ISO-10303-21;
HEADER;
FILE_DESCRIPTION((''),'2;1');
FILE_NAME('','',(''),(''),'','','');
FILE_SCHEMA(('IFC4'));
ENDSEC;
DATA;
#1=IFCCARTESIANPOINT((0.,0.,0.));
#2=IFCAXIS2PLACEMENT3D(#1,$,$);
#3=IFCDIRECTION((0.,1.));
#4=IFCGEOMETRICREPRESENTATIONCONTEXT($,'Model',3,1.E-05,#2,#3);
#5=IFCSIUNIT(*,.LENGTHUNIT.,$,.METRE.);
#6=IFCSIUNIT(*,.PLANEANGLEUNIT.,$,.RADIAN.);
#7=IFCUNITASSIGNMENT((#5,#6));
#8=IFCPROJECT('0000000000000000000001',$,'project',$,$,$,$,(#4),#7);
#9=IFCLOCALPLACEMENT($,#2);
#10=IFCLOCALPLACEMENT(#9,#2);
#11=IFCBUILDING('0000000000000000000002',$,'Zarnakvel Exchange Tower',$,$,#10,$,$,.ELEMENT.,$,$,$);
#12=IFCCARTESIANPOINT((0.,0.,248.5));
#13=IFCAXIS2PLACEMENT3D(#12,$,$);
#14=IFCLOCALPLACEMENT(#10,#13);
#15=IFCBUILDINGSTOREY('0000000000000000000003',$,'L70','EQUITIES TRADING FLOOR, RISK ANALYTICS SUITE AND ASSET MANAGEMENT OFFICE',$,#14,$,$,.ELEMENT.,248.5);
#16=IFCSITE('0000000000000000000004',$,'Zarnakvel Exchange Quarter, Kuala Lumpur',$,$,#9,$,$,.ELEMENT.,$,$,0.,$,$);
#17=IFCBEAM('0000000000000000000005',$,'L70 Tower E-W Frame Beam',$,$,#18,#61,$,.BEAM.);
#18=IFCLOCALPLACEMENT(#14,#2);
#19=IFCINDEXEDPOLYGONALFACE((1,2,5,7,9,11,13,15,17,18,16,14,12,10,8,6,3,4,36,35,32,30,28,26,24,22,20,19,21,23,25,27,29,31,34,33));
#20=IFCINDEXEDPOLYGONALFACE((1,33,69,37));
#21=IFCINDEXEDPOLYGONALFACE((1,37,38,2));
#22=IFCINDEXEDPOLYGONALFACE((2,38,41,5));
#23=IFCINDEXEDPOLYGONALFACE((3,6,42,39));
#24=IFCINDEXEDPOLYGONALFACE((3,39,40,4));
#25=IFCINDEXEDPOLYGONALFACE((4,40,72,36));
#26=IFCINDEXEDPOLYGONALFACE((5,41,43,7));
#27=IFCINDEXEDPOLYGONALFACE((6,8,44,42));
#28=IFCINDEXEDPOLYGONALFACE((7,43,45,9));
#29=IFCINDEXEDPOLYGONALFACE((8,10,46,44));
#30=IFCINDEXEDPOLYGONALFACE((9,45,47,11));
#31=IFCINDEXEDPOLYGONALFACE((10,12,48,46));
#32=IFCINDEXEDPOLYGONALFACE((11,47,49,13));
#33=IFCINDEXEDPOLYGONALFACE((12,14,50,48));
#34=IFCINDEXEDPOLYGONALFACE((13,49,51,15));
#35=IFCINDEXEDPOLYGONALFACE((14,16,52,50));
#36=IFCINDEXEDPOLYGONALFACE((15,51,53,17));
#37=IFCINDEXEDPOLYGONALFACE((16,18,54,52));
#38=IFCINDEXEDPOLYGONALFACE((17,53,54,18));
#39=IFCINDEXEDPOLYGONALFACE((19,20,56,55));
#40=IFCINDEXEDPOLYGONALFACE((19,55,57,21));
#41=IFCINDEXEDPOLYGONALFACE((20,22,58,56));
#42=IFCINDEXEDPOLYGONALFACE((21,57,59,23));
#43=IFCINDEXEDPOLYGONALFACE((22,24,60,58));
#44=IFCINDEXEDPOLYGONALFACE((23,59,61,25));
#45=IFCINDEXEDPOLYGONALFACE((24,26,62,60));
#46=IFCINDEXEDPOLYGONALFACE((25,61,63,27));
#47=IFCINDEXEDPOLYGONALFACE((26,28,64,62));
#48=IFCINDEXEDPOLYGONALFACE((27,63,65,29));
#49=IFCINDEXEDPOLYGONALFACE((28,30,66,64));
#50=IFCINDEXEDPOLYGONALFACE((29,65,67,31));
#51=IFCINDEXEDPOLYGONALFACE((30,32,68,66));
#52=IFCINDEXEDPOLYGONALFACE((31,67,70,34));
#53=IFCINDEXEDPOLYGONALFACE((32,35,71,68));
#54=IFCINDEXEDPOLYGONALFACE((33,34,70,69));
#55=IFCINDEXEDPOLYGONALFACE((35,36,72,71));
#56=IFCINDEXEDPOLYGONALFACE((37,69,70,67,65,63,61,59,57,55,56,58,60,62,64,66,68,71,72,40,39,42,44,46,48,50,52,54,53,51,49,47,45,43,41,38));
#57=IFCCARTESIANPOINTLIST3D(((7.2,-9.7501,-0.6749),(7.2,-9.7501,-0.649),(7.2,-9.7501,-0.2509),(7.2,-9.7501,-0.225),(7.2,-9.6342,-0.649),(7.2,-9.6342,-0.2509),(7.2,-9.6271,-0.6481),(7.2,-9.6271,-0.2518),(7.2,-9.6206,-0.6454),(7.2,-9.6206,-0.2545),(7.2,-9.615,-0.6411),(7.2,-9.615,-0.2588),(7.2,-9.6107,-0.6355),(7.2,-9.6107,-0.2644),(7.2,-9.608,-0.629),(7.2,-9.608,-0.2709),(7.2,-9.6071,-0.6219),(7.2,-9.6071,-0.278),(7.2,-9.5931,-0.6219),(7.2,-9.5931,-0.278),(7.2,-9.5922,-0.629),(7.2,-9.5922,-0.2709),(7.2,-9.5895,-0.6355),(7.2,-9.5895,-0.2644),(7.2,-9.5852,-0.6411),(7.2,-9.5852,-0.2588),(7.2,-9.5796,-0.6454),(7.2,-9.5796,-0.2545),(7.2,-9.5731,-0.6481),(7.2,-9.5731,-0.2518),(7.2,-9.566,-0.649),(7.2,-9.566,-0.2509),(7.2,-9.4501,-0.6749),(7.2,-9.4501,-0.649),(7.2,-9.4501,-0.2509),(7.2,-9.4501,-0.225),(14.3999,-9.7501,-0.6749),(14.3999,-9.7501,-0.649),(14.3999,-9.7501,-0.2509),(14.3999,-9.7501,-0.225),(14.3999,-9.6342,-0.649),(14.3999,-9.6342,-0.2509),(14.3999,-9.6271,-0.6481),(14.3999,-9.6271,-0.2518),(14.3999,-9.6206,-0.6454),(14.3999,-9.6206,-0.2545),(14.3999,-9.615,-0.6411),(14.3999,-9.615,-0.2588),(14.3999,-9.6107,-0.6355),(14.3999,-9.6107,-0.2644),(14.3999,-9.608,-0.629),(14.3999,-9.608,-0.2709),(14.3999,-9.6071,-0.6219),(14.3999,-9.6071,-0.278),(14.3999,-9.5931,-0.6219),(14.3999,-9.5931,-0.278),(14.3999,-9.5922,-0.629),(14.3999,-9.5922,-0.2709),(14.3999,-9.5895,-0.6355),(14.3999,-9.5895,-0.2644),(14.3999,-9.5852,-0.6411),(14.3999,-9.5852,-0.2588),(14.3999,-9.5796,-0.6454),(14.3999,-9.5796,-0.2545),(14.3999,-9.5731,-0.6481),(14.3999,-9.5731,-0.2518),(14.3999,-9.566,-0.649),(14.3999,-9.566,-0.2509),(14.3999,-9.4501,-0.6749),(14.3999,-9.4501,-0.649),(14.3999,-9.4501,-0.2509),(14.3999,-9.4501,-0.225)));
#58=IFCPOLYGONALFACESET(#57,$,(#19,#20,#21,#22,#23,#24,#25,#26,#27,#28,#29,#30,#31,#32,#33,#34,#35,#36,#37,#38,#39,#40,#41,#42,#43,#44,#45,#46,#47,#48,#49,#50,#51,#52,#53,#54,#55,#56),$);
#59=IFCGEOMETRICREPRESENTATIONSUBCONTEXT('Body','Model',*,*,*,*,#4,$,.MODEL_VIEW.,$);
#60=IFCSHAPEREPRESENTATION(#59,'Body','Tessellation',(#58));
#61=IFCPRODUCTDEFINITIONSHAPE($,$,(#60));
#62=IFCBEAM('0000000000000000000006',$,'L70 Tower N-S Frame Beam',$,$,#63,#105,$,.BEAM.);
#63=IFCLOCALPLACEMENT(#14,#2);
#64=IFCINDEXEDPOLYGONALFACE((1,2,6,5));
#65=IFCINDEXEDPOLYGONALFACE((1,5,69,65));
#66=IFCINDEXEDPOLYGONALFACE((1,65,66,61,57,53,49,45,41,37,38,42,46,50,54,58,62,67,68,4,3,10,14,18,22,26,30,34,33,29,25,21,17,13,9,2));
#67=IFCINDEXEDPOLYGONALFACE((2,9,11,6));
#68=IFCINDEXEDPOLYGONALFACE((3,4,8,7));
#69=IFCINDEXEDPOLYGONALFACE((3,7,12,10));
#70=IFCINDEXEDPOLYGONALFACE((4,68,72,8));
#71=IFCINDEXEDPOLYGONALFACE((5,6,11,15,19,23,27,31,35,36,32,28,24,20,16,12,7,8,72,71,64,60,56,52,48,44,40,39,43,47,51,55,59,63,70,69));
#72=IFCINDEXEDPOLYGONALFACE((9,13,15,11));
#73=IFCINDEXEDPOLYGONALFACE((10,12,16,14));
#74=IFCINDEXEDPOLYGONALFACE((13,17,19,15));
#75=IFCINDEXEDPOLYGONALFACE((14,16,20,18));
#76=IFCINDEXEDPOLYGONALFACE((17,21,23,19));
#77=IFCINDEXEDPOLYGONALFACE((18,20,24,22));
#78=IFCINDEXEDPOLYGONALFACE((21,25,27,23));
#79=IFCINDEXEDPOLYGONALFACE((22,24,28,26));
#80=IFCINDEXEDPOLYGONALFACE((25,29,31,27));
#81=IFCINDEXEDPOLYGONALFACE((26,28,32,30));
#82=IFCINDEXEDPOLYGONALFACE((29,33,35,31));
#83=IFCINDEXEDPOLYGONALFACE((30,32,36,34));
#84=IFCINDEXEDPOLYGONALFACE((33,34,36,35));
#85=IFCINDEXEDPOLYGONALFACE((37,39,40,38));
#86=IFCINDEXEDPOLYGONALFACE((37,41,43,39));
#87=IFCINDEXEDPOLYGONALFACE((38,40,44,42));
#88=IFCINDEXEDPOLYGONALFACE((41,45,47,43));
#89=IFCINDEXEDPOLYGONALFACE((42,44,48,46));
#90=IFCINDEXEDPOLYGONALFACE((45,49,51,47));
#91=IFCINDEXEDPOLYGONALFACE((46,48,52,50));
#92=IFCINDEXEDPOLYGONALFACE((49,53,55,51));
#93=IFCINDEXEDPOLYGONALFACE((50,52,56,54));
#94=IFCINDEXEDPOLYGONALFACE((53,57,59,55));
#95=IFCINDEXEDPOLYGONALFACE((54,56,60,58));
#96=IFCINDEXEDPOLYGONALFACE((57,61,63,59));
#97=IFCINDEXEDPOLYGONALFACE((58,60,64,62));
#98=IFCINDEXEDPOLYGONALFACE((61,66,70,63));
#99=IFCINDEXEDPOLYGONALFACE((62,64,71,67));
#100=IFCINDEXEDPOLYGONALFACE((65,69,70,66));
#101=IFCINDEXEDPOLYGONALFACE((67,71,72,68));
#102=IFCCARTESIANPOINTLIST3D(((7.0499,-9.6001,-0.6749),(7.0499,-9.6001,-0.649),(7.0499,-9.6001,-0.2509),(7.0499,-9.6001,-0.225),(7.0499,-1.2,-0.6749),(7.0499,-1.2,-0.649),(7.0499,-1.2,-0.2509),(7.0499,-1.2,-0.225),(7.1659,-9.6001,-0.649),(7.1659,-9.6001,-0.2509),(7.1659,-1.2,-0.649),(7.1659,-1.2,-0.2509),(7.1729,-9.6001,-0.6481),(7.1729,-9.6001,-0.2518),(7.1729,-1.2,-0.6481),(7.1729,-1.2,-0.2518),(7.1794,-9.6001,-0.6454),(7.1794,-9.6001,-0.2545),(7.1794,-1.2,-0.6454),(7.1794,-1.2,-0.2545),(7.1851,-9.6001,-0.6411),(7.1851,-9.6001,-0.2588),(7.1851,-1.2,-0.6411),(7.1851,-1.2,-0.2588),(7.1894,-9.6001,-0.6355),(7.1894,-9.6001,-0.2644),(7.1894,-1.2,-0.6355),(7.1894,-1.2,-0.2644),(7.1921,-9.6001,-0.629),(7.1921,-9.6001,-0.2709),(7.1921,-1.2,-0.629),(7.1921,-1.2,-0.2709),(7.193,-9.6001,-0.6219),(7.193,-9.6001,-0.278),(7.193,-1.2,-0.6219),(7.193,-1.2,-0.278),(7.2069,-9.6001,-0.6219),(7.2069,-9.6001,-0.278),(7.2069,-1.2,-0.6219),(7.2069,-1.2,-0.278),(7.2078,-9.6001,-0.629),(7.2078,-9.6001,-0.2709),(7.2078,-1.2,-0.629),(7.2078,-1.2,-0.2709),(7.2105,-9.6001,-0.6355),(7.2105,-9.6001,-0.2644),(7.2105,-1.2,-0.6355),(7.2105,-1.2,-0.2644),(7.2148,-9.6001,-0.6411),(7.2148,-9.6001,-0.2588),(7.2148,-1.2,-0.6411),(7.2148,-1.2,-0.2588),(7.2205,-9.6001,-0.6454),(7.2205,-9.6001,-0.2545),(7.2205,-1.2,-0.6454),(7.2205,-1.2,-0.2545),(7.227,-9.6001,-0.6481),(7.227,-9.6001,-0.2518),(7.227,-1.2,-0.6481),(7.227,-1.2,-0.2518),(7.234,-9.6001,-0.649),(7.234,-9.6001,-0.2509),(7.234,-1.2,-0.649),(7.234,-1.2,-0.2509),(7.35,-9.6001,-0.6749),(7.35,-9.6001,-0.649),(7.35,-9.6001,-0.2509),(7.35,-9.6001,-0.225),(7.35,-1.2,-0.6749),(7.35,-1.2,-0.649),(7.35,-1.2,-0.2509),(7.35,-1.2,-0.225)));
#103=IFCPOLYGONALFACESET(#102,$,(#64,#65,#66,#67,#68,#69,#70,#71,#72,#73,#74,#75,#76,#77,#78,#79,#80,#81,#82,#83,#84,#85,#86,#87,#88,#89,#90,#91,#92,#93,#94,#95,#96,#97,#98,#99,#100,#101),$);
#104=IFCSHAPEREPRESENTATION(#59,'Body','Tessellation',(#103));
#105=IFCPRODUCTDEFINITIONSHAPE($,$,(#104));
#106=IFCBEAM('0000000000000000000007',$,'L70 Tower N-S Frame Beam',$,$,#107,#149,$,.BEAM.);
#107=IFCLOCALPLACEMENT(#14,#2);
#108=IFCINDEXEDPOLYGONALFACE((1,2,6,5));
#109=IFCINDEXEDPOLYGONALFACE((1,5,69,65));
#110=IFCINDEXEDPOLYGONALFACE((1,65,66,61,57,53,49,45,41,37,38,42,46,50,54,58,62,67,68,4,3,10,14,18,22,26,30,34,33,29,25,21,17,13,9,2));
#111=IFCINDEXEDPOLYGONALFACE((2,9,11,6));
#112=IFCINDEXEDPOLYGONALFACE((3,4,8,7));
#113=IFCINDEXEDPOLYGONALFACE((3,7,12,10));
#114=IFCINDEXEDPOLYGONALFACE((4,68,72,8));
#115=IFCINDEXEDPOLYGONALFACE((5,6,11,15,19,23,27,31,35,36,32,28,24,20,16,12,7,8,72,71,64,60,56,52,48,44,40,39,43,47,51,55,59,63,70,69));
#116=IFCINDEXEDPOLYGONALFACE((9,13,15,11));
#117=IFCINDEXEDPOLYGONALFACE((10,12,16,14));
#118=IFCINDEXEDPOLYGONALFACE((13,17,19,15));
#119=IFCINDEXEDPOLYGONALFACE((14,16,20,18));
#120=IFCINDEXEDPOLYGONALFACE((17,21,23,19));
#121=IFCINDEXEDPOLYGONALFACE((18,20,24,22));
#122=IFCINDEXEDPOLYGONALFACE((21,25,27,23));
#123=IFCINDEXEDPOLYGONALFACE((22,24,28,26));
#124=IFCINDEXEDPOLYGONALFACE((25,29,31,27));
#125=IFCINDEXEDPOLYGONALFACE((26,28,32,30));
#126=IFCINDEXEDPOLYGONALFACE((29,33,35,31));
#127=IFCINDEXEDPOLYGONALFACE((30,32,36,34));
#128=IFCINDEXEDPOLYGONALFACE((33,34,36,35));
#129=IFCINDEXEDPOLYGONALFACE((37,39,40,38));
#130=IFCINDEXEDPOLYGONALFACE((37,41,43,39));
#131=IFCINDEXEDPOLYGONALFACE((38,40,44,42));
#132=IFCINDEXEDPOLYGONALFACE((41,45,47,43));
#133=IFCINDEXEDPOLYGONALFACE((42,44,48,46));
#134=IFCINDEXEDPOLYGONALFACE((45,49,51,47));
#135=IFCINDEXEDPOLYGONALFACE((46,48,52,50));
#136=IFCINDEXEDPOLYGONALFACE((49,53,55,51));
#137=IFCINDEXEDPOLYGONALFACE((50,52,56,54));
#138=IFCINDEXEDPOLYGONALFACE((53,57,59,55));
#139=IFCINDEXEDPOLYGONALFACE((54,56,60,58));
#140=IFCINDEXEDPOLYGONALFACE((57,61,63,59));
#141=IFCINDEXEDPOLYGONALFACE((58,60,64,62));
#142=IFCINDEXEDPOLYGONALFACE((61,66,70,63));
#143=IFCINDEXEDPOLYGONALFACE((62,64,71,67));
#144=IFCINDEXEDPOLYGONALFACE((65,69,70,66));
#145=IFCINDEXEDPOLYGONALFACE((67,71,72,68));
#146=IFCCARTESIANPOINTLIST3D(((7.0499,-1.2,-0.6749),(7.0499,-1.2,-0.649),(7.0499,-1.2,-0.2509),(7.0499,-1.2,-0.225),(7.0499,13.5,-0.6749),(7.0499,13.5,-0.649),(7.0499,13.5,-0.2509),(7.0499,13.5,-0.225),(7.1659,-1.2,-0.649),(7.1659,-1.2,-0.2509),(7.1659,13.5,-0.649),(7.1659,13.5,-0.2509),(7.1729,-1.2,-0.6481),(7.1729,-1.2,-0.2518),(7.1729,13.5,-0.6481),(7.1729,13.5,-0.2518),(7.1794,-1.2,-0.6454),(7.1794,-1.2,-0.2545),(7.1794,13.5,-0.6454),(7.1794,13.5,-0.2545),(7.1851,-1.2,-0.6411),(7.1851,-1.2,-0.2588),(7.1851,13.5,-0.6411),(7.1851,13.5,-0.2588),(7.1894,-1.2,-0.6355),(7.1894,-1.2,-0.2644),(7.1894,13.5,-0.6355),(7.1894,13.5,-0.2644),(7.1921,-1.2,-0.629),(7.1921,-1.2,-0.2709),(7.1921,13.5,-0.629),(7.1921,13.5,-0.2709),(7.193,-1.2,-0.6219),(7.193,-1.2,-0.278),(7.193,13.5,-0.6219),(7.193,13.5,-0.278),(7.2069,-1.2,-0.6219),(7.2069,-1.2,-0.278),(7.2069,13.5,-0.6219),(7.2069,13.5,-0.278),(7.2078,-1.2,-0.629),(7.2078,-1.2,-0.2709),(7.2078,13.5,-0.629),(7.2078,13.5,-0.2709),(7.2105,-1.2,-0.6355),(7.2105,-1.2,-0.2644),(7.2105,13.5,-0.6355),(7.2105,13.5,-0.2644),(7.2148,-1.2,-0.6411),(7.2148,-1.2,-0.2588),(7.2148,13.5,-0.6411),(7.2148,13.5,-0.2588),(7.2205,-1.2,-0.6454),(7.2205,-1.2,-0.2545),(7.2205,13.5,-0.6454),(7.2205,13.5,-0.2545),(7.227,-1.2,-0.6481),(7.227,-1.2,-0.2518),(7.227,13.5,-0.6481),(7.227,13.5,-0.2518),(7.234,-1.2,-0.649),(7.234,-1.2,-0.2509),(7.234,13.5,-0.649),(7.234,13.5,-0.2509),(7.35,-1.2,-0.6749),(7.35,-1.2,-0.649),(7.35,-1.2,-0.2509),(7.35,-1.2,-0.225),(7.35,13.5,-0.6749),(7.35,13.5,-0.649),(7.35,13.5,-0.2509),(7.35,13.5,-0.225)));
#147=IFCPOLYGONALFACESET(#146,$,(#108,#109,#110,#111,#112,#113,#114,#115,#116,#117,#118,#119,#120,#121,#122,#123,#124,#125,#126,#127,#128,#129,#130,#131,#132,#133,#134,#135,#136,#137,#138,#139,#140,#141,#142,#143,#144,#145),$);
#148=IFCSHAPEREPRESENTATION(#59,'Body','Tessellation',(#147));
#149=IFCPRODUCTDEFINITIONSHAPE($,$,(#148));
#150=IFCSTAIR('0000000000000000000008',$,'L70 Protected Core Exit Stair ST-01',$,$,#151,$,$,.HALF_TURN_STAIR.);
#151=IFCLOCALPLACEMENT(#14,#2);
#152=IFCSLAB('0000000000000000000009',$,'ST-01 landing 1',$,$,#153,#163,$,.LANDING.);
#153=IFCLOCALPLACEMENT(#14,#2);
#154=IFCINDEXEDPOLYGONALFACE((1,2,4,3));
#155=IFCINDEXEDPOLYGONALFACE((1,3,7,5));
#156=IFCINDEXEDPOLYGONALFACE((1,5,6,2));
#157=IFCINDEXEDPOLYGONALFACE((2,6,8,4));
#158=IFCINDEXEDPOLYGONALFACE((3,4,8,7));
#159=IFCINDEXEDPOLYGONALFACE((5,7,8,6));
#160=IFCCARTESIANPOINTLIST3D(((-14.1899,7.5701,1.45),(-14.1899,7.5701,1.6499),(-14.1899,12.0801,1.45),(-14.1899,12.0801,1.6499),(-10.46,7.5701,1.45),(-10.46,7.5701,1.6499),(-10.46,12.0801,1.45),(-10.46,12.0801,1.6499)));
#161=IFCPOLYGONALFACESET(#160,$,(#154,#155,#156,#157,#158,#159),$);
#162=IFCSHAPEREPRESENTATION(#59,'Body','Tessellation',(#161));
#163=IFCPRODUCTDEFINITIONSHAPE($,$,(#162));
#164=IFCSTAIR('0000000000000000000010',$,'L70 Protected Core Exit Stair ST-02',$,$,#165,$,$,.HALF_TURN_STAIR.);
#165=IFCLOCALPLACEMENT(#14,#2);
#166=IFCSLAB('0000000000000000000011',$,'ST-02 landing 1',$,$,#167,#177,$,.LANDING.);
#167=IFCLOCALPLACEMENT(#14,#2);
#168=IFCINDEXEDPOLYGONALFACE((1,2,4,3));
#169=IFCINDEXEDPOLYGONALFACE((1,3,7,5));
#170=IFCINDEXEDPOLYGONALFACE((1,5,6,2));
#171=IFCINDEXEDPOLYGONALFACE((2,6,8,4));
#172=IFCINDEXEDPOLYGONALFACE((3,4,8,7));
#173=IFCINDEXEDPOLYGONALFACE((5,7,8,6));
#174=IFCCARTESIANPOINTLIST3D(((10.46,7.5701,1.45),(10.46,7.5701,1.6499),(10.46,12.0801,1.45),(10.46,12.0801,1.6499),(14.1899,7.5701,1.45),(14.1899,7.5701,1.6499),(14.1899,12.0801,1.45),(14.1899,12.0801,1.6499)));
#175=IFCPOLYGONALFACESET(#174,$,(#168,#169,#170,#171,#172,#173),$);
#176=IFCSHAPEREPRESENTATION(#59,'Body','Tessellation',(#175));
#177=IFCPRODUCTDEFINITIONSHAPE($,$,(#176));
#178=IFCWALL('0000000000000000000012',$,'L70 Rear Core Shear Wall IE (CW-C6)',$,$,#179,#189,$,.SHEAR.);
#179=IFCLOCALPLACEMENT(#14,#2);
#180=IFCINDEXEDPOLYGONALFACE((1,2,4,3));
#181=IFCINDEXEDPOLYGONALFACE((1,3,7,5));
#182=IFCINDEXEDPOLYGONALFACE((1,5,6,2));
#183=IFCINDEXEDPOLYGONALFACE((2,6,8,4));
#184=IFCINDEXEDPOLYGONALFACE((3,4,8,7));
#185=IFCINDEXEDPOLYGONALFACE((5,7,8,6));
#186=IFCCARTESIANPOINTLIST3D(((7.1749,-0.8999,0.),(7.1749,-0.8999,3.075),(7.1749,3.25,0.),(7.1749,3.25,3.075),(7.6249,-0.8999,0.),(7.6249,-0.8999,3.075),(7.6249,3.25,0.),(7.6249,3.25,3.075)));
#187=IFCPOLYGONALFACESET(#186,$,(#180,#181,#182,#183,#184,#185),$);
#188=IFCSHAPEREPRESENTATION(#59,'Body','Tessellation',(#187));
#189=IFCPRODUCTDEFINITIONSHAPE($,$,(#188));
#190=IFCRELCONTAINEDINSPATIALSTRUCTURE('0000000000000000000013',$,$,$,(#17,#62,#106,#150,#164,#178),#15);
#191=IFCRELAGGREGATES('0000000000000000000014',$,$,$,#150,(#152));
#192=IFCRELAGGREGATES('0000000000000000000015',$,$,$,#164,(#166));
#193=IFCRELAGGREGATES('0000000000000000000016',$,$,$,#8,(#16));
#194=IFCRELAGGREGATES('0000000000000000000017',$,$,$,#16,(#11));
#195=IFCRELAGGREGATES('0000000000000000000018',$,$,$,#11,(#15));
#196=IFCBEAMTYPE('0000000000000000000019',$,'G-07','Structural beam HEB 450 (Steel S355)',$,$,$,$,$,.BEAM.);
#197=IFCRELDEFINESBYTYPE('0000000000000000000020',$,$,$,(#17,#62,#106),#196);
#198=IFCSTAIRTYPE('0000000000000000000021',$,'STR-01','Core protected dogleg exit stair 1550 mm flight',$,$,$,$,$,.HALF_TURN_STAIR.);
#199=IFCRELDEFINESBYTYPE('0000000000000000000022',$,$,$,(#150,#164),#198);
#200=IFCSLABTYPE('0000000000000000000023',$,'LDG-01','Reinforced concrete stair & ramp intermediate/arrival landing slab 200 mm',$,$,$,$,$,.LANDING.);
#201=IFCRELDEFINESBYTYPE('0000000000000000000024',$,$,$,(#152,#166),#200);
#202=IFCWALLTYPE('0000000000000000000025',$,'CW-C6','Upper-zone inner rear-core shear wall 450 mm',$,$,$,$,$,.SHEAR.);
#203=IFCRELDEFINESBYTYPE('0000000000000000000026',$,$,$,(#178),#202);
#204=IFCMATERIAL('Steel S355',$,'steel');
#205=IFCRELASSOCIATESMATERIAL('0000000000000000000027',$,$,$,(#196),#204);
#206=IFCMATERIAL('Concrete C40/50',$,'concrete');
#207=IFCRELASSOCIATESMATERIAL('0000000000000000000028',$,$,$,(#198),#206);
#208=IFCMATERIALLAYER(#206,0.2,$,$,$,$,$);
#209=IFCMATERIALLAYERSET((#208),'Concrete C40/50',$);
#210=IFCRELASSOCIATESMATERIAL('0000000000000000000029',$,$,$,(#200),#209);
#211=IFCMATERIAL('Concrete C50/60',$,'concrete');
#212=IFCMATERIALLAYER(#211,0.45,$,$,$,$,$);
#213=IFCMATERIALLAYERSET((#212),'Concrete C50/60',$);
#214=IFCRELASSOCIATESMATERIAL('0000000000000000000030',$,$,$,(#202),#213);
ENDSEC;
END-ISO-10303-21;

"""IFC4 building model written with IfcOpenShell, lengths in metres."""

from ifc_helpers import new_model, si_unit, direction, frame, frame_2d, origin, origin_2d, place, context, subcontext, project, spatial, polyline, rectangle, i_section, outline, extrude, material, layer, layer_set, material_profile, profile_set, type_object, element, aggregate, save


model = new_model("IFC4")

# Units and contexts
model_context = context("Model", 3, precision=1e-05, world=origin(), true_north=direction((0.0, 1.0)))
body_context = subcontext(model_context, "Body", "Model", "MODEL_VIEW")
ifc_project = project(units=[si_unit("LENGTHUNIT", "METRE"), si_unit("PLANEANGLEUNIT", "RADIAN")], contexts=[model_context])

# Site, building, storey
site_placement = place(None, origin())
site = spatial("IfcSite", under=ifc_project, at=site_placement, Name="Zarnakvel Exchange Quarter, Kuala Lumpur", CompositionType="ELEMENT", RefElevation=0.0)
building_placement = place(site_placement, origin())
building = spatial("IfcBuilding", under=site, at=building_placement, Name="Zarnakvel Exchange Tower", CompositionType="ELEMENT")
storey_placement = place(building_placement, frame((0.0, 0.0, 248.5)))
storey = spatial("IfcBuildingStorey", under=building, at=storey_placement, Name="L70", Description="EQUITIES TRADING FLOOR, RISK ANALYTICS SUITE AND ASSET MANAGEMENT OFFICE", CompositionType="ELEMENT", Elevation=248.5)

# Shared definitions
ifc_material_1 = material(Name="Concrete C50/60", Category="concrete")

# Beams
ifc_material_2 = material(Name="Steel S355", Category="steel")
ifc_material_profile_1 = material_profile(ifc_material_2, i_section(OverallWidth=0.3, OverallDepth=0.45, WebThickness=0.0139, FlangeThickness=0.0259, FilletRadius=0.0271, at=origin_2d()))
ifc_profile_set_1 = profile_set([ifc_material_profile_1], Name="Steel S355")
beam_type_1 = type_object("IfcBeamType", Name="G-07", Description="Structural beam HEB 450 (Steel S355)", PredefinedType="BEAM", material=ifc_profile_set_1)
beam_1_placement = place(storey_placement, frame((7.2, -9.6001, -0.45), z_axis=(1.0, 0.0, 0.0), x_axis=(0.0, 1.0, 0.0)))
element("IfcBeam", 1, at=beam_1_placement, inside=storey, type_object=beam_type_1, Name="L70 Tower E-W Frame Beam", PredefinedType="BEAM", context=body_context, shape_type="SweptSolid", body=[
    extrude(i_section(OverallWidth=0.3, OverallDepth=0.45, WebThickness=0.0139, FlangeThickness=0.0259, FilletRadius=0.0271, at=origin_2d()), origin(), (0.0, 0.0, 1.0), 7.2),
])
beam_2_placement = place(storey_placement, frame((7.2, -9.6001, -0.45), z_axis=(0.0, 1.0, 0.0), x_axis=(-1.0, 0.0, 0.0)))
element("IfcBeam", 2, at=beam_2_placement, inside=storey, type_object=beam_type_1, Name="L70 Tower N-S Frame Beam", PredefinedType="BEAM", context=body_context, shape_type="SweptSolid", body=[
    extrude(i_section(OverallWidth=0.3, OverallDepth=0.45, WebThickness=0.0139, FlangeThickness=0.0259, FilletRadius=0.0271, at=origin_2d()), origin(), (0.0, 0.0, 1.0), 8.4001),
])
beam_3_placement = place(storey_placement, frame((7.2, -1.2, -0.45), z_axis=(0.0, 1.0, 0.0), x_axis=(-1.0, 0.0, 0.0)))
element("IfcBeam", 3, at=beam_3_placement, inside=storey, type_object=beam_type_1, Name="L70 Tower N-S Frame Beam", PredefinedType="BEAM", context=body_context, shape_type="SweptSolid", body=[
    extrude(i_section(OverallWidth=0.3, OverallDepth=0.45, WebThickness=0.0139, FlangeThickness=0.0259, FilletRadius=0.0271, at=origin_2d()), origin(), (0.0, 0.0, 1.0), 14.7),
])

# Stairs, slabs
ifc_material_3 = material(Name="Concrete C40/50", Category="concrete")
stair_type = type_object("IfcStairType", Name="STR-01", Description="Core protected dogleg exit stair 1550 mm flight", PredefinedType="HALF_TURN_STAIR", material=ifc_material_3)
stair_1_placement = place(storey_placement, origin())
stair_1 = element("IfcStair", 4, at=stair_1_placement, inside=storey, type_object=stair_type, Name="L70 Protected Core Exit Stair ST-01", PredefinedType="HALF_TURN_STAIR")
ifc_layer_1 = layer(ifc_material_3, 0.2)
ifc_layer_set_1 = layer_set([ifc_layer_1], Name="Concrete C40/50")
slab_type = type_object("IfcSlabType", Name="LDG-01", Description="Reinforced concrete stair & ramp intermediate/arrival landing slab 200 mm", PredefinedType="LANDING", material=ifc_layer_set_1)
slab_1_placement = place(storey_placement, frame((0.0, 0.0, 1.45)))
slab_1 = element("IfcSlab", 5, at=slab_1_placement, type_object=slab_type, Name="ST-01 landing 1", PredefinedType="LANDING", context=body_context, shape_type="SweptSolid", body=[
    extrude(outline(polyline([(-14.1899, 7.5701), (-10.46, 7.5701), (-10.46, 12.0801), (-14.1899, 12.0801), (-14.1899, 7.5701)])), origin(), (0.0, 0.0, 1.0), 0.2),
])
aggregate(stair_1, [slab_1])
stair_2_placement = place(storey_placement, origin())
stair_2 = element("IfcStair", 6, at=stair_2_placement, inside=storey, type_object=stair_type, Name="L70 Protected Core Exit Stair ST-02", PredefinedType="HALF_TURN_STAIR")
slab_2_placement = place(storey_placement, frame((0.0, 0.0, 1.45)))
slab_2 = element("IfcSlab", 7, at=slab_2_placement, type_object=slab_type, Name="ST-02 landing 1", PredefinedType="LANDING", context=body_context, shape_type="SweptSolid", body=[
    extrude(outline(polyline([(10.46, 7.5701), (14.1899, 7.5701), (14.1899, 12.0801), (10.46, 12.0801), (10.46, 7.5701)])), origin(), (0.0, 0.0, 1.0), 0.2),
])
aggregate(stair_2, [slab_2])

# Wall
ifc_layer_2 = layer(ifc_material_1, 0.45)
ifc_layer_set_2 = layer_set([ifc_layer_2], Name="Concrete C50/60")
wall_type_1 = type_object("IfcWallType", Name="CW-C6", Description="Upper-zone inner rear-core shear wall 450 mm", PredefinedType="SHEAR", material=ifc_layer_set_2)
wall_1_placement = place(storey_placement, frame((7.3999, -0.8999, 0.0), z_axis=(0.0, 0.0, 1.0), x_axis=(0.0, 1.0, 0.0)))
element("IfcWall", 8, at=wall_1_placement, inside=storey, type_object=wall_type_1, Name="L70 Rear Core Shear Wall IE (CW-C6)", PredefinedType="SHEAR", context=body_context, shape_type="SweptSolid", body=[
    extrude(rectangle(XDim=4.1499, YDim=0.45, at=frame_2d((2.075, 0.0))), origin(), (0.0, 0.0, 1.0), 3.075),
])

save(model, "model.ifc")
